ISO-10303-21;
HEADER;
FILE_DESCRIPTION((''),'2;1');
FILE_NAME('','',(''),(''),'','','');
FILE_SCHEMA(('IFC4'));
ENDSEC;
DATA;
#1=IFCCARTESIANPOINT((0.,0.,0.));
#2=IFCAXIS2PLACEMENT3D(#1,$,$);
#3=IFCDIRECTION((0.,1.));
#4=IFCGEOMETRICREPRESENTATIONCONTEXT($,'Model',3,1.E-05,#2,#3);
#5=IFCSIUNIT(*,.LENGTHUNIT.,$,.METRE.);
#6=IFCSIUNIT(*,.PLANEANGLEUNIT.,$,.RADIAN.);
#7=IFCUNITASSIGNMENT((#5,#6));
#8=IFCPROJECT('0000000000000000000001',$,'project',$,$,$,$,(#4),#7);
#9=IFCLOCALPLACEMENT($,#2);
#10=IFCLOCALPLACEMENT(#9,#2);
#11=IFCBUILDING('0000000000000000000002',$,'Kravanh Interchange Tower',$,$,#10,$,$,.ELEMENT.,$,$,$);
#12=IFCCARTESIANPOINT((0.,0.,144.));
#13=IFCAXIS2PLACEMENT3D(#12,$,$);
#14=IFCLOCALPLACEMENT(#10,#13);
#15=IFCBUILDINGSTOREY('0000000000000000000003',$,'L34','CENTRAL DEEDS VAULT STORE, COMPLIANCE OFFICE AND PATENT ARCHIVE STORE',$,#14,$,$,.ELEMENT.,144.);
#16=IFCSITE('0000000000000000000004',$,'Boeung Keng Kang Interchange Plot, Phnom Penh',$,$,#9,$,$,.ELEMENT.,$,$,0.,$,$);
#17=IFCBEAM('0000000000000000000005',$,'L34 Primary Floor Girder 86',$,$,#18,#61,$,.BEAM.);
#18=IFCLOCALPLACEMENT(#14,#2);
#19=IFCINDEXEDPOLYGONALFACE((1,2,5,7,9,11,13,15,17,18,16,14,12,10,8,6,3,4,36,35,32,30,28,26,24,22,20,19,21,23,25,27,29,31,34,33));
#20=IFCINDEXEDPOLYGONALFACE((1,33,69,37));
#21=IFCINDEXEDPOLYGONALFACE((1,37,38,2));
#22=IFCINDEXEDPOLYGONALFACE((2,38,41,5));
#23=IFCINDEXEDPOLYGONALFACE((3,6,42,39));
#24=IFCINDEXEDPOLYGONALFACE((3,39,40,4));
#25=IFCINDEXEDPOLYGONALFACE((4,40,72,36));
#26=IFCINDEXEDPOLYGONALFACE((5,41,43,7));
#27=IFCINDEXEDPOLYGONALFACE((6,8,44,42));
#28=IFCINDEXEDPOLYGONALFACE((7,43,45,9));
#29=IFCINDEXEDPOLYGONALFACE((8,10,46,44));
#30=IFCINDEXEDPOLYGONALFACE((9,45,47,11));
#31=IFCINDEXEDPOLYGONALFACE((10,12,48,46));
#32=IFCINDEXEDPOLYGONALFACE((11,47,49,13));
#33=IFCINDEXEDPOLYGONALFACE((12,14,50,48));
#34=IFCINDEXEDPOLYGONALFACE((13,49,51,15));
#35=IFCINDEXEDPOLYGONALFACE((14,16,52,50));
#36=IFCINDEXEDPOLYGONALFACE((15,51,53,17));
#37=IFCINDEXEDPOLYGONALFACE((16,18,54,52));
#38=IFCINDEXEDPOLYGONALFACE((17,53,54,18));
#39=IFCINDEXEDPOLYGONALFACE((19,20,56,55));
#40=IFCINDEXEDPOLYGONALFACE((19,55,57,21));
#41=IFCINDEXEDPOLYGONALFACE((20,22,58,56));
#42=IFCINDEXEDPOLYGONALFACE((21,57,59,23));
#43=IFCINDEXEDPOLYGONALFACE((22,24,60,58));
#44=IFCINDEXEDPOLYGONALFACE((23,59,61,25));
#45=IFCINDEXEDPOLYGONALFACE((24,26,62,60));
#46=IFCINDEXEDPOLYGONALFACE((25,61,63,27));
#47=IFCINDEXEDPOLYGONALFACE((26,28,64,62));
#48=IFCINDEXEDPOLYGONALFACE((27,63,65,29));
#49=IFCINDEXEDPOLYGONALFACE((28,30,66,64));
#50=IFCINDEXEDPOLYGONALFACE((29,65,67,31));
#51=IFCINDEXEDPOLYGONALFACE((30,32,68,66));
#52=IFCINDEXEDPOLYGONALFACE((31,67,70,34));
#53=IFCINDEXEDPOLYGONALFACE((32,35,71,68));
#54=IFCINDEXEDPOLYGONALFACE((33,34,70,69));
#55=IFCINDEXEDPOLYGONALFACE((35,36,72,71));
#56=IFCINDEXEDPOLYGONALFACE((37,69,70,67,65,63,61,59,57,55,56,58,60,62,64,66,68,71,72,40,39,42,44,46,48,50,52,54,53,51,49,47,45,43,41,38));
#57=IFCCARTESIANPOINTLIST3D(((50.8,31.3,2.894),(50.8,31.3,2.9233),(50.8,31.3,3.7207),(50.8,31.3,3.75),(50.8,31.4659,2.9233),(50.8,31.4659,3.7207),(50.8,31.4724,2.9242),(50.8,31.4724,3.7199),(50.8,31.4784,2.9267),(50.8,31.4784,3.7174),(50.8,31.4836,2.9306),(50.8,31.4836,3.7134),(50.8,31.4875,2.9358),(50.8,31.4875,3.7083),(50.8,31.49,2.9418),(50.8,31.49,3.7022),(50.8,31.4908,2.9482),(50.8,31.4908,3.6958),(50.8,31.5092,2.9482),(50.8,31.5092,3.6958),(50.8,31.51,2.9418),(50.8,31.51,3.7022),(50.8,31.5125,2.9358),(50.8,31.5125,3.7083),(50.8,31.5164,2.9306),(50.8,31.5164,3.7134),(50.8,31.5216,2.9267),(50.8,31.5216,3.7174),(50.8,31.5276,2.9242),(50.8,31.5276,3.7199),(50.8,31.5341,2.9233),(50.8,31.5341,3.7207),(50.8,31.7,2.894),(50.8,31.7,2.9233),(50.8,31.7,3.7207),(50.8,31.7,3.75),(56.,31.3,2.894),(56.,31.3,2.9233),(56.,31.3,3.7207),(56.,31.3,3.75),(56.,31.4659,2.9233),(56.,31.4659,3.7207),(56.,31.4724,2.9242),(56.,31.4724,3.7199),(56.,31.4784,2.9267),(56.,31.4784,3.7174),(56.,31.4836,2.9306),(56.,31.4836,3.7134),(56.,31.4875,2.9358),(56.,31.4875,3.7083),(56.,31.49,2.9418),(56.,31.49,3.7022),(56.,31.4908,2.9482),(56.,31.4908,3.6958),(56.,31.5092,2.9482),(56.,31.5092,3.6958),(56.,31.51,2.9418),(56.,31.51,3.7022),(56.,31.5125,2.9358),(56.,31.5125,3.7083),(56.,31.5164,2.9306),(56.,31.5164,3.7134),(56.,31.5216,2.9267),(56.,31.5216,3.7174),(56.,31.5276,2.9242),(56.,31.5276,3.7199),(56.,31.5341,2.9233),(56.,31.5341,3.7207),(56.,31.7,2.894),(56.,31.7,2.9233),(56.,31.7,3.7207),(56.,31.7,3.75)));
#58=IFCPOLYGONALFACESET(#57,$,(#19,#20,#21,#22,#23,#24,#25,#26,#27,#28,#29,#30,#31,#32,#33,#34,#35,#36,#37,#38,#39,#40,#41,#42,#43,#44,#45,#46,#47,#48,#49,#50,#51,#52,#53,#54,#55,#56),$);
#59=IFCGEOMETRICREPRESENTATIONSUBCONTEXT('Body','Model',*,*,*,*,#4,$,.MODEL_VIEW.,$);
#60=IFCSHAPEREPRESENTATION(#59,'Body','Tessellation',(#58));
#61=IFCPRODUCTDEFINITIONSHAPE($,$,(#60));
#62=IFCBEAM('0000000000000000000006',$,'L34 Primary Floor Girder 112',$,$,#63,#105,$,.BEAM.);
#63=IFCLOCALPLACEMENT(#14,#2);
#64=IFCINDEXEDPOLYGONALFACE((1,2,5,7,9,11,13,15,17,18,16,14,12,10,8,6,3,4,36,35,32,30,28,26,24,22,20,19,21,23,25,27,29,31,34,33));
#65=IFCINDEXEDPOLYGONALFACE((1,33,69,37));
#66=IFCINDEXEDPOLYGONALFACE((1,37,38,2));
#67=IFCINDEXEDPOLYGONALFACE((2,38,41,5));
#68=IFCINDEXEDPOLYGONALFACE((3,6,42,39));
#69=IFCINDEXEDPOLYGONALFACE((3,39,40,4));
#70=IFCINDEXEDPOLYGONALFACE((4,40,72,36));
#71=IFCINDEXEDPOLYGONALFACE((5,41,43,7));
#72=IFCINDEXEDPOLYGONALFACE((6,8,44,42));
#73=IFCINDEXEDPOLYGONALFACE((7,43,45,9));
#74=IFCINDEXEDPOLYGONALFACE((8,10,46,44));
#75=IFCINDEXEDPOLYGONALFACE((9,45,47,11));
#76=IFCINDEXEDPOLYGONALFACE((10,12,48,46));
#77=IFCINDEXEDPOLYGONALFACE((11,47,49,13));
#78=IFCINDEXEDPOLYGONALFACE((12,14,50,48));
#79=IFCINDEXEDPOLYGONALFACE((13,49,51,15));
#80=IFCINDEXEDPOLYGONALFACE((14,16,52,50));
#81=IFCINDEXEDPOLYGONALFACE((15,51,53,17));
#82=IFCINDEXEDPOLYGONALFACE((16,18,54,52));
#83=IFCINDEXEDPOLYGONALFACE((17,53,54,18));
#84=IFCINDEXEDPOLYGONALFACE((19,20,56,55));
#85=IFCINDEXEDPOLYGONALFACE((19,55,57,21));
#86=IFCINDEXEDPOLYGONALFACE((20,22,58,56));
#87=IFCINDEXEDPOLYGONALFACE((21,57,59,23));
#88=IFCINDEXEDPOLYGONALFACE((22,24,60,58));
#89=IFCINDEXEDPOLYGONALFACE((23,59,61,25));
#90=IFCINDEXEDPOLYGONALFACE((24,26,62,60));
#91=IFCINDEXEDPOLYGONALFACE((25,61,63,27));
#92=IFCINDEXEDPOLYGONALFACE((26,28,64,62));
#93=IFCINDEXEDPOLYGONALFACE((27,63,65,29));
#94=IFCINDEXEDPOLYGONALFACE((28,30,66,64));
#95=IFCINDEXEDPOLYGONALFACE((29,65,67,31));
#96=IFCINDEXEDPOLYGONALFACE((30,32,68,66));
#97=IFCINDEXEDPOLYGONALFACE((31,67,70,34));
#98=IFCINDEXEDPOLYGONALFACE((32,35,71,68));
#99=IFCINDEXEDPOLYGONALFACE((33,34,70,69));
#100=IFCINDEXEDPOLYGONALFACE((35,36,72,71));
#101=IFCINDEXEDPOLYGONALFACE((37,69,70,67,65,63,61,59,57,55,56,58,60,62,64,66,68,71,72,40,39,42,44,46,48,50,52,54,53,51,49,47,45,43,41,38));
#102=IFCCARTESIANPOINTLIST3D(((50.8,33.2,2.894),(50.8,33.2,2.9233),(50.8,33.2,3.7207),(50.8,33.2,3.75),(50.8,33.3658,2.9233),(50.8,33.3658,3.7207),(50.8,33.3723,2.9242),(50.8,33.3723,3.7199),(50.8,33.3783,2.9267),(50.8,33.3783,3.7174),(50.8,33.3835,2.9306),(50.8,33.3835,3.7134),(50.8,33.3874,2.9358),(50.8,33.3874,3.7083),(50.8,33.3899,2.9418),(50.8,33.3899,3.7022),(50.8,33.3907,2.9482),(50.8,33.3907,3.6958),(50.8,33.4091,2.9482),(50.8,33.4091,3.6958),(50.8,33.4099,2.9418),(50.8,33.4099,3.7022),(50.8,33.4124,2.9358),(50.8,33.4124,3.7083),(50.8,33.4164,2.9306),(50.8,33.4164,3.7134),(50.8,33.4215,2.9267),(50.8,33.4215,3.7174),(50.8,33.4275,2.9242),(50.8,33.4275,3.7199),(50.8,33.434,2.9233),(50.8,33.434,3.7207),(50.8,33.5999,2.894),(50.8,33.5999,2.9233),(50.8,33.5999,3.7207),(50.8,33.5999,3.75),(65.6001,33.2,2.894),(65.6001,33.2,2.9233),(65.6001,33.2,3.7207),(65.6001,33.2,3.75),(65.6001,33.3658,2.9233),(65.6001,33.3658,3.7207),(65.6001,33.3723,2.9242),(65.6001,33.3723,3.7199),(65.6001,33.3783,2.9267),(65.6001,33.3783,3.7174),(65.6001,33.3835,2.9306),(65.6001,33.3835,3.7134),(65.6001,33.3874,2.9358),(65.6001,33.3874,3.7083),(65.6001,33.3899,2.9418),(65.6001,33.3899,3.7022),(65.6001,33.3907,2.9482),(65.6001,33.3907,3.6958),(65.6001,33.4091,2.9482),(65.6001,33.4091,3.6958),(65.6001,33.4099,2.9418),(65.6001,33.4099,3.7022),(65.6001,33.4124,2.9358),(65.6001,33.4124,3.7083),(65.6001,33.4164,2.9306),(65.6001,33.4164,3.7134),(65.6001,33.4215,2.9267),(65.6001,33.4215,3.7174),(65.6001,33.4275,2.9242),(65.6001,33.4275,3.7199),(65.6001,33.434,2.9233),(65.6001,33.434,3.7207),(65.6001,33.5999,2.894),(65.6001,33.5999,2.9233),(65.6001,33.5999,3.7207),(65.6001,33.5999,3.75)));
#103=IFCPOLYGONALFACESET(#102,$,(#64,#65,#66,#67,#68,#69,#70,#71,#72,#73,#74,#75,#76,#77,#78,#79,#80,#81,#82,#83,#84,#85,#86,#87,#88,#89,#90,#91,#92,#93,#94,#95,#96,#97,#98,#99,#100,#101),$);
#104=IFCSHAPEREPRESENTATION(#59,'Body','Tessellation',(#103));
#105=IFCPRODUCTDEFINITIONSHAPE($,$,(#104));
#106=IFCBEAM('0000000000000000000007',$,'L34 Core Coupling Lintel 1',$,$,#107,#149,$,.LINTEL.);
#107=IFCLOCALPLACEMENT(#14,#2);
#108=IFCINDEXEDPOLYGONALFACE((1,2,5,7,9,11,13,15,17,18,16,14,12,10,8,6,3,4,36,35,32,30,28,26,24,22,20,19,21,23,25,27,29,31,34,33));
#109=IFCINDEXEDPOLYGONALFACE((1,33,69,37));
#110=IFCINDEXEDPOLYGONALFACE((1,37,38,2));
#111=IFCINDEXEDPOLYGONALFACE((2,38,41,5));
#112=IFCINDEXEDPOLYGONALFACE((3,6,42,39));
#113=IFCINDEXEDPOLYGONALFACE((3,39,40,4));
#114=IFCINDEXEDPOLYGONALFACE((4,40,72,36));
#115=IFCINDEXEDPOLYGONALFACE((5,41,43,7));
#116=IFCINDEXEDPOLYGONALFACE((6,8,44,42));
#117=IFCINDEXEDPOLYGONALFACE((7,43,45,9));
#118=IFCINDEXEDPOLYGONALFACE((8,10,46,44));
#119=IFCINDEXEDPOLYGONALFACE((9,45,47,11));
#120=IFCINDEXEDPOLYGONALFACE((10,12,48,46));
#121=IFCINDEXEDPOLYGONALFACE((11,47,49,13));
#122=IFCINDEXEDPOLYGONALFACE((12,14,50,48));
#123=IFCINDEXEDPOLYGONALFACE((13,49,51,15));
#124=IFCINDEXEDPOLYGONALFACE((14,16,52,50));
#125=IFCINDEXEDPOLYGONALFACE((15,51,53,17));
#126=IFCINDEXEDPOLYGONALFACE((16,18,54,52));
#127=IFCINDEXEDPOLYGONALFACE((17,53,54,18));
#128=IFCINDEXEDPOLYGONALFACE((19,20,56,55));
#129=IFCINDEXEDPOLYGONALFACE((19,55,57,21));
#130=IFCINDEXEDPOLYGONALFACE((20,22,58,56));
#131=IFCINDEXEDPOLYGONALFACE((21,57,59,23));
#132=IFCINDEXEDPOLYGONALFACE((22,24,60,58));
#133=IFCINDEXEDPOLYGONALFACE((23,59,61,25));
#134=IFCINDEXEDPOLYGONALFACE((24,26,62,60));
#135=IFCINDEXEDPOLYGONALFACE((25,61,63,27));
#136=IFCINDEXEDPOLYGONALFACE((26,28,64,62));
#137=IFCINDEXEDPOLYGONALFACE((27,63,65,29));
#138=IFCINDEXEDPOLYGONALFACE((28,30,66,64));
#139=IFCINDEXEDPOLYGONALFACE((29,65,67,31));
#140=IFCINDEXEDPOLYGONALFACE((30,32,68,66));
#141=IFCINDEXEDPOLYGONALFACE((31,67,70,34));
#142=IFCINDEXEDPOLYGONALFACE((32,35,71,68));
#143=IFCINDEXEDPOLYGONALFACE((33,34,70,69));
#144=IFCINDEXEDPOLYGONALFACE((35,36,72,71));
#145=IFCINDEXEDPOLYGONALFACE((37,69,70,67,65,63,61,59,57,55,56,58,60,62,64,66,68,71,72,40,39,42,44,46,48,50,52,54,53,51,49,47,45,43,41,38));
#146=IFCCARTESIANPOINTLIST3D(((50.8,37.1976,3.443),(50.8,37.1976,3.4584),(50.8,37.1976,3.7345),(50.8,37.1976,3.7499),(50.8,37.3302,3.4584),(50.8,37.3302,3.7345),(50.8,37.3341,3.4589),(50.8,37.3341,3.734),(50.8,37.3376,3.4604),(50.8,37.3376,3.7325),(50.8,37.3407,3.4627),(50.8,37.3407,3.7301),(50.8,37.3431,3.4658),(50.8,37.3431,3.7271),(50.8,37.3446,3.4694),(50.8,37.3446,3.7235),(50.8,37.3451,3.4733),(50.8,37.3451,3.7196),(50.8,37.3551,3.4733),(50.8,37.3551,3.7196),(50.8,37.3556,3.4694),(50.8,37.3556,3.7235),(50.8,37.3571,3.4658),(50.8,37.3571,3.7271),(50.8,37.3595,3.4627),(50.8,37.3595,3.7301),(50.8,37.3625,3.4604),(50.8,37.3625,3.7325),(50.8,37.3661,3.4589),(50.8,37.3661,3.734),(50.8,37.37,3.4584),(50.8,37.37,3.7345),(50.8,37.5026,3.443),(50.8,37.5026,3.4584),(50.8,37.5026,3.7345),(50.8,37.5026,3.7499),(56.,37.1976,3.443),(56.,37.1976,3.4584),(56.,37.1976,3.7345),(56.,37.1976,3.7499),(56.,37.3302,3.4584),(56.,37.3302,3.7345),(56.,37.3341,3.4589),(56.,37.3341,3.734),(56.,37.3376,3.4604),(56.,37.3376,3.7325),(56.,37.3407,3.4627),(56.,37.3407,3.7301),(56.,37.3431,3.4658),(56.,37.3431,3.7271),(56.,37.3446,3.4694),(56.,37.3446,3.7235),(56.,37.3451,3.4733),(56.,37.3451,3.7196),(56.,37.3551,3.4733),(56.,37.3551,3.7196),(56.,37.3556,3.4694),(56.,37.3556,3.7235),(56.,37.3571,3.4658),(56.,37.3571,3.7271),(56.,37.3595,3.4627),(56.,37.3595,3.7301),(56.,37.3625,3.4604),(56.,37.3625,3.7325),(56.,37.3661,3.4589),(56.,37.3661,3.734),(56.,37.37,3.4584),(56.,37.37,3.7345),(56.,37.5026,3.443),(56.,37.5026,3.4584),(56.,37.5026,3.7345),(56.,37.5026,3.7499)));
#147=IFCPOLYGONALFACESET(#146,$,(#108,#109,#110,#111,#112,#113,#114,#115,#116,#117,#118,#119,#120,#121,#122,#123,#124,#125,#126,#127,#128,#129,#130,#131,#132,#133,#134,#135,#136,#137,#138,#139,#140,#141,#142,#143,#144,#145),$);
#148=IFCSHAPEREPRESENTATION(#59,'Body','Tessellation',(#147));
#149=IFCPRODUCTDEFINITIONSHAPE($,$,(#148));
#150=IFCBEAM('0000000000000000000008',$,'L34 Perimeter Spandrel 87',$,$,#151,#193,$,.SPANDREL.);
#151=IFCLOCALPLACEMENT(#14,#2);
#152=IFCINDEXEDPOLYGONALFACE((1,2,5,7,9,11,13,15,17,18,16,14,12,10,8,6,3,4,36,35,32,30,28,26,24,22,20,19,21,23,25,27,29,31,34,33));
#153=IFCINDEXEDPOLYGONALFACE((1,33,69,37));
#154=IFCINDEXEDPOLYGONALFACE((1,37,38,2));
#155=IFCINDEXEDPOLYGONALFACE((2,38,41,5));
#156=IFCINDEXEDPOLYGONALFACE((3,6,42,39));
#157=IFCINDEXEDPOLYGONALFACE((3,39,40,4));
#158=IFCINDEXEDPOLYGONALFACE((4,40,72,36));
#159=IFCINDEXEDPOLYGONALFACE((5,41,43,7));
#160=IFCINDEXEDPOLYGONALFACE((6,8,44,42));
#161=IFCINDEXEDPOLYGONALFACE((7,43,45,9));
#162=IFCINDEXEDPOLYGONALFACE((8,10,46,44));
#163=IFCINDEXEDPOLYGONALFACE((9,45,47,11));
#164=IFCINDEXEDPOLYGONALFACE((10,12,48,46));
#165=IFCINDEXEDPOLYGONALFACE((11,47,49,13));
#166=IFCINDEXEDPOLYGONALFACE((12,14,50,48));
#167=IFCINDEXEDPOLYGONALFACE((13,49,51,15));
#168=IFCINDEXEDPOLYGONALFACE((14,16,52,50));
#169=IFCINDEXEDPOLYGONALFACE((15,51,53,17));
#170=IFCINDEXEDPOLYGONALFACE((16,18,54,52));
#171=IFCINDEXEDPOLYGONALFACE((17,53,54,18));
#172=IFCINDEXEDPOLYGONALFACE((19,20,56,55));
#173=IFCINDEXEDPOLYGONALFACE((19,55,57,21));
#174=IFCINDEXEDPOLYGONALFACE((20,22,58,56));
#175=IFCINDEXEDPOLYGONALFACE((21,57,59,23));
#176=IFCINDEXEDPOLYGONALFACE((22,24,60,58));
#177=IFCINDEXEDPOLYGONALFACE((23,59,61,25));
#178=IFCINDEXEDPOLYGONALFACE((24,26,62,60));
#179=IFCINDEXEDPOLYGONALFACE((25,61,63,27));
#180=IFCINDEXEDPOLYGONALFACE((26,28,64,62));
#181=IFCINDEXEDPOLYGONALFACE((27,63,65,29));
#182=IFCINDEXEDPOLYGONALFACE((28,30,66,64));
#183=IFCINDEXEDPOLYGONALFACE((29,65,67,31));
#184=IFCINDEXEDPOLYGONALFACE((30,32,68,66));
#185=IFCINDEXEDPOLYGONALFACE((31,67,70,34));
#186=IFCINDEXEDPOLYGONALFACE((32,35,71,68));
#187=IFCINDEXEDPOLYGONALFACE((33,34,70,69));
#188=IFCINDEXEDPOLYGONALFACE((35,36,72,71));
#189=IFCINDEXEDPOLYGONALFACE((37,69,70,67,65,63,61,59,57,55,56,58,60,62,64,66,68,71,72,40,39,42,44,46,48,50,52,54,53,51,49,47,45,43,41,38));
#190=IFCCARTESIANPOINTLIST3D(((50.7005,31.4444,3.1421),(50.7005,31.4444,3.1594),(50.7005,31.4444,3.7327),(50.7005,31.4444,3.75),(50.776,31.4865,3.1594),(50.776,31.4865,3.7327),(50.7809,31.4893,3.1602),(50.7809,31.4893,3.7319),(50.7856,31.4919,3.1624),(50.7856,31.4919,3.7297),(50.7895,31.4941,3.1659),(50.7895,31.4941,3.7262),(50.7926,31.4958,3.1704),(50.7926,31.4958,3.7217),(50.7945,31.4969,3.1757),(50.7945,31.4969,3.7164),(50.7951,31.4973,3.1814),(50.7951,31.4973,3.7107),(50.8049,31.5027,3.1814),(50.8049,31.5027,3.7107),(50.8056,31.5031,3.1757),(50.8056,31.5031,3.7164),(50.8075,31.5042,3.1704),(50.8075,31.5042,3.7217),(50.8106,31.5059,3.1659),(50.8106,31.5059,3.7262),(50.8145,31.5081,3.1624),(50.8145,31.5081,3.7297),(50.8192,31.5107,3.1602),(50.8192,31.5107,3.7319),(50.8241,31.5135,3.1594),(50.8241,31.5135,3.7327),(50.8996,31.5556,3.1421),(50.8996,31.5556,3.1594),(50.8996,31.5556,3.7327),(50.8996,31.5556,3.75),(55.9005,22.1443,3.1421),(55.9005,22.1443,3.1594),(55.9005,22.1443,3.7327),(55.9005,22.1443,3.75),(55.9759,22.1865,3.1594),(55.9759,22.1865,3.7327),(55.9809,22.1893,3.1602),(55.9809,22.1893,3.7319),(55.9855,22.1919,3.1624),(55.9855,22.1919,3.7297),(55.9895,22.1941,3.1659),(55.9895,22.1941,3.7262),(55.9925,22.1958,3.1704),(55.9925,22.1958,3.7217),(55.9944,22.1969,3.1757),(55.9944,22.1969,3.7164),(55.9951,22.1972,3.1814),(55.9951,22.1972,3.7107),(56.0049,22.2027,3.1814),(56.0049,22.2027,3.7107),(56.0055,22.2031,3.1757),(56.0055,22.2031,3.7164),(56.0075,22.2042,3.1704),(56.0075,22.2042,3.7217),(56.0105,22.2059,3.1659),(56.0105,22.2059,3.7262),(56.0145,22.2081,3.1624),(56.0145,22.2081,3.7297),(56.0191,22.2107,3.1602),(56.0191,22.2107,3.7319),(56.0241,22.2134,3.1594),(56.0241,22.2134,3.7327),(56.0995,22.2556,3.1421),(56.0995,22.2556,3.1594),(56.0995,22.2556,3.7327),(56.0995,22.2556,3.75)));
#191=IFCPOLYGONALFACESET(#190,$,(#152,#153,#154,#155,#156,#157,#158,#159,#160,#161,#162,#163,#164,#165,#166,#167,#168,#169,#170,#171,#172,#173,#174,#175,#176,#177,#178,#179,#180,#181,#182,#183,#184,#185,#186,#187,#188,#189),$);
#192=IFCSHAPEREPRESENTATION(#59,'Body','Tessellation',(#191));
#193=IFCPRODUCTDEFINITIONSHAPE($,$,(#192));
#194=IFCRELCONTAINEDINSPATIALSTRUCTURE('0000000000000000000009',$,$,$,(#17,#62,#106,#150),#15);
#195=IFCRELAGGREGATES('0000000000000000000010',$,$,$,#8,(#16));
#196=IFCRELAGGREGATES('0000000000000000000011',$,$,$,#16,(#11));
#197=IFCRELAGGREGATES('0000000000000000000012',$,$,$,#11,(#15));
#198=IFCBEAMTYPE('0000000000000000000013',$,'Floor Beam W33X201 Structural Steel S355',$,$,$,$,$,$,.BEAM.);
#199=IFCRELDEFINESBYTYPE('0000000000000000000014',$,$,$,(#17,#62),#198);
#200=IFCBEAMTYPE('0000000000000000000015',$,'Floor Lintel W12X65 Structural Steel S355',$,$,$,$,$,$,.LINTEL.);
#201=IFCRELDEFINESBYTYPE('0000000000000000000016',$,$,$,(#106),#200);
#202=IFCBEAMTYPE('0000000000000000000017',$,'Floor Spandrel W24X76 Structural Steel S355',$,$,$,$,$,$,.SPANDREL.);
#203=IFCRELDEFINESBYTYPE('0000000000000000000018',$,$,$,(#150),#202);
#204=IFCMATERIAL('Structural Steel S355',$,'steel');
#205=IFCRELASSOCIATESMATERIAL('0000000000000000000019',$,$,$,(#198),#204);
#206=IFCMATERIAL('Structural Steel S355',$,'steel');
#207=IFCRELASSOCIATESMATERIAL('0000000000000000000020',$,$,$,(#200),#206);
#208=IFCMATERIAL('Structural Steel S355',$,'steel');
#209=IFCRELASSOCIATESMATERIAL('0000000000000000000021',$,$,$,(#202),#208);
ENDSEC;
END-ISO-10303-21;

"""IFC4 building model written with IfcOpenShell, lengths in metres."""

from ifc_helpers import new_model, si_unit, direction, frame, origin, origin_2d, place, context, subcontext, project, spatial, i_section, extrude, material, material_profile, profile_set, type_object, element, save


model = new_model("IFC4")

# Units and contexts
model_context = context("Model", 3, precision=1e-05, world=origin(), true_north=direction((0.0, 1.0)))
body_context = subcontext(model_context, "Body", "Model", "MODEL_VIEW")
ifc_project = project(units=[si_unit("LENGTHUNIT", "METRE"), si_unit("PLANEANGLEUNIT", "RADIAN")], contexts=[model_context])

# Site, building, storey
site_placement = place(None, origin())
site = spatial("IfcSite", under=ifc_project, at=site_placement, Name="Boeung Keng Kang Interchange Plot, Phnom Penh", CompositionType="ELEMENT", RefElevation=0.0)
building_placement = place(site_placement, origin())
building = spatial("IfcBuilding", under=site, at=building_placement, Name="Kravanh Interchange Tower", CompositionType="ELEMENT")
storey_placement = place(building_placement, frame((0.0, 0.0, 144.0)))
storey = spatial("IfcBuildingStorey", under=building, at=storey_placement, Name="L34", Description="CENTRAL DEEDS VAULT STORE, COMPLIANCE OFFICE AND PATENT ARCHIVE STORE", CompositionType="ELEMENT", Elevation=144.0)

# Beams
ifc_material_1 = material(Name="Structural Steel S355", Category="steel")
ifc_material_profile_1 = material_profile(ifc_material_1, i_section(OverallWidth=0.3999, OverallDepth=0.856, WebThickness=0.0183, FlangeThickness=0.0293, FilletRadius=0.0249, at=origin_2d()), Name="W33X201")
ifc_profile_set_1 = profile_set([ifc_material_profile_1], Name="Structural Steel S355")
beam_type_1 = type_object("IfcBeamType", Name="Floor Beam W33X201 Structural Steel S355", PredefinedType="BEAM", material=ifc_profile_set_1)
beam_1_placement = place(storey_placement, frame((50.8, 31.5, 3.322), z_axis=(1.0, 0.0, 0.0), x_axis=(0.0, 1.0, 0.0)))
element("IfcBeam", 1, at=beam_1_placement, inside=storey, type_object=beam_type_1, Name="L34 Primary Floor Girder 86", PredefinedType="BEAM", context=body_context, shape_type="SweptSolid", body=[
    extrude(i_section(OverallWidth=0.3999, OverallDepth=0.856, WebThickness=0.0183, FlangeThickness=0.0293, FilletRadius=0.0249, at=origin_2d()), origin(), (0.0, 0.0, 1.0), 5.2),
])
beam_2_placement = place(storey_placement, frame((50.8, 33.3999, 3.322), z_axis=(1.0, 0.0, 0.0), x_axis=(0.0, 1.0, 0.0)))
element("IfcBeam", 2, at=beam_2_placement, inside=storey, type_object=beam_type_1, Name="L34 Primary Floor Girder 112", PredefinedType="BEAM", context=body_context, shape_type="SweptSolid", body=[
    extrude(i_section(OverallWidth=0.3999, OverallDepth=0.856, WebThickness=0.0183, FlangeThickness=0.0293, FilletRadius=0.0249, at=origin_2d()), origin(), (0.0, 0.0, 1.0), 14.8),
])
ifc_material_2 = material(Name="Structural Steel S355", Category="steel")
ifc_material_profile_2 = material_profile(ifc_material_2, i_section(OverallWidth=0.3049, OverallDepth=0.3069, WebThickness=0.01, FlangeThickness=0.0154, FilletRadius=0.0149, at=origin_2d()), Name="W12X65")
ifc_profile_set_2 = profile_set([ifc_material_profile_2], Name="Structural Steel S355")
beam_type_2 = type_object("IfcBeamType", Name="Floor Lintel W12X65 Structural Steel S355", PredefinedType="LINTEL", material=ifc_profile_set_2)
beam_3_placement = place(storey_placement, frame((50.8, 37.3501, 3.5964), z_axis=(1.0, 0.0, 0.0), x_axis=(0.0, 1.0, 0.0)))
element("IfcBeam", 3, at=beam_3_placement, inside=storey, type_object=beam_type_2, Name="L34 Core Coupling Lintel 1", PredefinedType="LINTEL", context=body_context, shape_type="SweptSolid", body=[
    extrude(i_section(OverallWidth=0.3049, OverallDepth=0.3069, WebThickness=0.01, FlangeThickness=0.0154, FilletRadius=0.0149, at=origin_2d()), origin(), (0.0, 0.0, 1.0), 5.2),
])
ifc_material_3 = material(Name="Structural Steel S355", Category="steel")
ifc_material_profile_3 = material_profile(ifc_material_3, i_section(OverallWidth=0.228, OverallDepth=0.6079, WebThickness=0.0112, FlangeThickness=0.0173, FilletRadius=0.022, at=origin_2d()), Name="W24X76")
ifc_profile_set_3 = profile_set([ifc_material_profile_3], Name="Structural Steel S355")
beam_type_3 = type_object("IfcBeamType", Name="Floor Spandrel W24X76 Structural Steel S355", PredefinedType="SPANDREL", material=ifc_profile_set_3)
beam_4_placement = place(storey_placement, frame((50.8, 31.5, 3.446), z_axis=(0.488026, -0.872829, 0.0), x_axis=(0.872829, 0.488026, 0.0)))
element("IfcBeam", 4, at=beam_4_placement, inside=storey, type_object=beam_type_3, Name="L34 Perimeter Spandrel 87", PredefinedType="SPANDREL", context=body_context, shape_type="SweptSolid", body=[
    extrude(i_section(OverallWidth=0.228, OverallDepth=0.6079, WebThickness=0.0112, FlangeThickness=0.0173, FilletRadius=0.022, at=origin_2d()), origin(), (0.0, 0.0, 1.0), 10.655),
])

save(model, "model.ifc")
